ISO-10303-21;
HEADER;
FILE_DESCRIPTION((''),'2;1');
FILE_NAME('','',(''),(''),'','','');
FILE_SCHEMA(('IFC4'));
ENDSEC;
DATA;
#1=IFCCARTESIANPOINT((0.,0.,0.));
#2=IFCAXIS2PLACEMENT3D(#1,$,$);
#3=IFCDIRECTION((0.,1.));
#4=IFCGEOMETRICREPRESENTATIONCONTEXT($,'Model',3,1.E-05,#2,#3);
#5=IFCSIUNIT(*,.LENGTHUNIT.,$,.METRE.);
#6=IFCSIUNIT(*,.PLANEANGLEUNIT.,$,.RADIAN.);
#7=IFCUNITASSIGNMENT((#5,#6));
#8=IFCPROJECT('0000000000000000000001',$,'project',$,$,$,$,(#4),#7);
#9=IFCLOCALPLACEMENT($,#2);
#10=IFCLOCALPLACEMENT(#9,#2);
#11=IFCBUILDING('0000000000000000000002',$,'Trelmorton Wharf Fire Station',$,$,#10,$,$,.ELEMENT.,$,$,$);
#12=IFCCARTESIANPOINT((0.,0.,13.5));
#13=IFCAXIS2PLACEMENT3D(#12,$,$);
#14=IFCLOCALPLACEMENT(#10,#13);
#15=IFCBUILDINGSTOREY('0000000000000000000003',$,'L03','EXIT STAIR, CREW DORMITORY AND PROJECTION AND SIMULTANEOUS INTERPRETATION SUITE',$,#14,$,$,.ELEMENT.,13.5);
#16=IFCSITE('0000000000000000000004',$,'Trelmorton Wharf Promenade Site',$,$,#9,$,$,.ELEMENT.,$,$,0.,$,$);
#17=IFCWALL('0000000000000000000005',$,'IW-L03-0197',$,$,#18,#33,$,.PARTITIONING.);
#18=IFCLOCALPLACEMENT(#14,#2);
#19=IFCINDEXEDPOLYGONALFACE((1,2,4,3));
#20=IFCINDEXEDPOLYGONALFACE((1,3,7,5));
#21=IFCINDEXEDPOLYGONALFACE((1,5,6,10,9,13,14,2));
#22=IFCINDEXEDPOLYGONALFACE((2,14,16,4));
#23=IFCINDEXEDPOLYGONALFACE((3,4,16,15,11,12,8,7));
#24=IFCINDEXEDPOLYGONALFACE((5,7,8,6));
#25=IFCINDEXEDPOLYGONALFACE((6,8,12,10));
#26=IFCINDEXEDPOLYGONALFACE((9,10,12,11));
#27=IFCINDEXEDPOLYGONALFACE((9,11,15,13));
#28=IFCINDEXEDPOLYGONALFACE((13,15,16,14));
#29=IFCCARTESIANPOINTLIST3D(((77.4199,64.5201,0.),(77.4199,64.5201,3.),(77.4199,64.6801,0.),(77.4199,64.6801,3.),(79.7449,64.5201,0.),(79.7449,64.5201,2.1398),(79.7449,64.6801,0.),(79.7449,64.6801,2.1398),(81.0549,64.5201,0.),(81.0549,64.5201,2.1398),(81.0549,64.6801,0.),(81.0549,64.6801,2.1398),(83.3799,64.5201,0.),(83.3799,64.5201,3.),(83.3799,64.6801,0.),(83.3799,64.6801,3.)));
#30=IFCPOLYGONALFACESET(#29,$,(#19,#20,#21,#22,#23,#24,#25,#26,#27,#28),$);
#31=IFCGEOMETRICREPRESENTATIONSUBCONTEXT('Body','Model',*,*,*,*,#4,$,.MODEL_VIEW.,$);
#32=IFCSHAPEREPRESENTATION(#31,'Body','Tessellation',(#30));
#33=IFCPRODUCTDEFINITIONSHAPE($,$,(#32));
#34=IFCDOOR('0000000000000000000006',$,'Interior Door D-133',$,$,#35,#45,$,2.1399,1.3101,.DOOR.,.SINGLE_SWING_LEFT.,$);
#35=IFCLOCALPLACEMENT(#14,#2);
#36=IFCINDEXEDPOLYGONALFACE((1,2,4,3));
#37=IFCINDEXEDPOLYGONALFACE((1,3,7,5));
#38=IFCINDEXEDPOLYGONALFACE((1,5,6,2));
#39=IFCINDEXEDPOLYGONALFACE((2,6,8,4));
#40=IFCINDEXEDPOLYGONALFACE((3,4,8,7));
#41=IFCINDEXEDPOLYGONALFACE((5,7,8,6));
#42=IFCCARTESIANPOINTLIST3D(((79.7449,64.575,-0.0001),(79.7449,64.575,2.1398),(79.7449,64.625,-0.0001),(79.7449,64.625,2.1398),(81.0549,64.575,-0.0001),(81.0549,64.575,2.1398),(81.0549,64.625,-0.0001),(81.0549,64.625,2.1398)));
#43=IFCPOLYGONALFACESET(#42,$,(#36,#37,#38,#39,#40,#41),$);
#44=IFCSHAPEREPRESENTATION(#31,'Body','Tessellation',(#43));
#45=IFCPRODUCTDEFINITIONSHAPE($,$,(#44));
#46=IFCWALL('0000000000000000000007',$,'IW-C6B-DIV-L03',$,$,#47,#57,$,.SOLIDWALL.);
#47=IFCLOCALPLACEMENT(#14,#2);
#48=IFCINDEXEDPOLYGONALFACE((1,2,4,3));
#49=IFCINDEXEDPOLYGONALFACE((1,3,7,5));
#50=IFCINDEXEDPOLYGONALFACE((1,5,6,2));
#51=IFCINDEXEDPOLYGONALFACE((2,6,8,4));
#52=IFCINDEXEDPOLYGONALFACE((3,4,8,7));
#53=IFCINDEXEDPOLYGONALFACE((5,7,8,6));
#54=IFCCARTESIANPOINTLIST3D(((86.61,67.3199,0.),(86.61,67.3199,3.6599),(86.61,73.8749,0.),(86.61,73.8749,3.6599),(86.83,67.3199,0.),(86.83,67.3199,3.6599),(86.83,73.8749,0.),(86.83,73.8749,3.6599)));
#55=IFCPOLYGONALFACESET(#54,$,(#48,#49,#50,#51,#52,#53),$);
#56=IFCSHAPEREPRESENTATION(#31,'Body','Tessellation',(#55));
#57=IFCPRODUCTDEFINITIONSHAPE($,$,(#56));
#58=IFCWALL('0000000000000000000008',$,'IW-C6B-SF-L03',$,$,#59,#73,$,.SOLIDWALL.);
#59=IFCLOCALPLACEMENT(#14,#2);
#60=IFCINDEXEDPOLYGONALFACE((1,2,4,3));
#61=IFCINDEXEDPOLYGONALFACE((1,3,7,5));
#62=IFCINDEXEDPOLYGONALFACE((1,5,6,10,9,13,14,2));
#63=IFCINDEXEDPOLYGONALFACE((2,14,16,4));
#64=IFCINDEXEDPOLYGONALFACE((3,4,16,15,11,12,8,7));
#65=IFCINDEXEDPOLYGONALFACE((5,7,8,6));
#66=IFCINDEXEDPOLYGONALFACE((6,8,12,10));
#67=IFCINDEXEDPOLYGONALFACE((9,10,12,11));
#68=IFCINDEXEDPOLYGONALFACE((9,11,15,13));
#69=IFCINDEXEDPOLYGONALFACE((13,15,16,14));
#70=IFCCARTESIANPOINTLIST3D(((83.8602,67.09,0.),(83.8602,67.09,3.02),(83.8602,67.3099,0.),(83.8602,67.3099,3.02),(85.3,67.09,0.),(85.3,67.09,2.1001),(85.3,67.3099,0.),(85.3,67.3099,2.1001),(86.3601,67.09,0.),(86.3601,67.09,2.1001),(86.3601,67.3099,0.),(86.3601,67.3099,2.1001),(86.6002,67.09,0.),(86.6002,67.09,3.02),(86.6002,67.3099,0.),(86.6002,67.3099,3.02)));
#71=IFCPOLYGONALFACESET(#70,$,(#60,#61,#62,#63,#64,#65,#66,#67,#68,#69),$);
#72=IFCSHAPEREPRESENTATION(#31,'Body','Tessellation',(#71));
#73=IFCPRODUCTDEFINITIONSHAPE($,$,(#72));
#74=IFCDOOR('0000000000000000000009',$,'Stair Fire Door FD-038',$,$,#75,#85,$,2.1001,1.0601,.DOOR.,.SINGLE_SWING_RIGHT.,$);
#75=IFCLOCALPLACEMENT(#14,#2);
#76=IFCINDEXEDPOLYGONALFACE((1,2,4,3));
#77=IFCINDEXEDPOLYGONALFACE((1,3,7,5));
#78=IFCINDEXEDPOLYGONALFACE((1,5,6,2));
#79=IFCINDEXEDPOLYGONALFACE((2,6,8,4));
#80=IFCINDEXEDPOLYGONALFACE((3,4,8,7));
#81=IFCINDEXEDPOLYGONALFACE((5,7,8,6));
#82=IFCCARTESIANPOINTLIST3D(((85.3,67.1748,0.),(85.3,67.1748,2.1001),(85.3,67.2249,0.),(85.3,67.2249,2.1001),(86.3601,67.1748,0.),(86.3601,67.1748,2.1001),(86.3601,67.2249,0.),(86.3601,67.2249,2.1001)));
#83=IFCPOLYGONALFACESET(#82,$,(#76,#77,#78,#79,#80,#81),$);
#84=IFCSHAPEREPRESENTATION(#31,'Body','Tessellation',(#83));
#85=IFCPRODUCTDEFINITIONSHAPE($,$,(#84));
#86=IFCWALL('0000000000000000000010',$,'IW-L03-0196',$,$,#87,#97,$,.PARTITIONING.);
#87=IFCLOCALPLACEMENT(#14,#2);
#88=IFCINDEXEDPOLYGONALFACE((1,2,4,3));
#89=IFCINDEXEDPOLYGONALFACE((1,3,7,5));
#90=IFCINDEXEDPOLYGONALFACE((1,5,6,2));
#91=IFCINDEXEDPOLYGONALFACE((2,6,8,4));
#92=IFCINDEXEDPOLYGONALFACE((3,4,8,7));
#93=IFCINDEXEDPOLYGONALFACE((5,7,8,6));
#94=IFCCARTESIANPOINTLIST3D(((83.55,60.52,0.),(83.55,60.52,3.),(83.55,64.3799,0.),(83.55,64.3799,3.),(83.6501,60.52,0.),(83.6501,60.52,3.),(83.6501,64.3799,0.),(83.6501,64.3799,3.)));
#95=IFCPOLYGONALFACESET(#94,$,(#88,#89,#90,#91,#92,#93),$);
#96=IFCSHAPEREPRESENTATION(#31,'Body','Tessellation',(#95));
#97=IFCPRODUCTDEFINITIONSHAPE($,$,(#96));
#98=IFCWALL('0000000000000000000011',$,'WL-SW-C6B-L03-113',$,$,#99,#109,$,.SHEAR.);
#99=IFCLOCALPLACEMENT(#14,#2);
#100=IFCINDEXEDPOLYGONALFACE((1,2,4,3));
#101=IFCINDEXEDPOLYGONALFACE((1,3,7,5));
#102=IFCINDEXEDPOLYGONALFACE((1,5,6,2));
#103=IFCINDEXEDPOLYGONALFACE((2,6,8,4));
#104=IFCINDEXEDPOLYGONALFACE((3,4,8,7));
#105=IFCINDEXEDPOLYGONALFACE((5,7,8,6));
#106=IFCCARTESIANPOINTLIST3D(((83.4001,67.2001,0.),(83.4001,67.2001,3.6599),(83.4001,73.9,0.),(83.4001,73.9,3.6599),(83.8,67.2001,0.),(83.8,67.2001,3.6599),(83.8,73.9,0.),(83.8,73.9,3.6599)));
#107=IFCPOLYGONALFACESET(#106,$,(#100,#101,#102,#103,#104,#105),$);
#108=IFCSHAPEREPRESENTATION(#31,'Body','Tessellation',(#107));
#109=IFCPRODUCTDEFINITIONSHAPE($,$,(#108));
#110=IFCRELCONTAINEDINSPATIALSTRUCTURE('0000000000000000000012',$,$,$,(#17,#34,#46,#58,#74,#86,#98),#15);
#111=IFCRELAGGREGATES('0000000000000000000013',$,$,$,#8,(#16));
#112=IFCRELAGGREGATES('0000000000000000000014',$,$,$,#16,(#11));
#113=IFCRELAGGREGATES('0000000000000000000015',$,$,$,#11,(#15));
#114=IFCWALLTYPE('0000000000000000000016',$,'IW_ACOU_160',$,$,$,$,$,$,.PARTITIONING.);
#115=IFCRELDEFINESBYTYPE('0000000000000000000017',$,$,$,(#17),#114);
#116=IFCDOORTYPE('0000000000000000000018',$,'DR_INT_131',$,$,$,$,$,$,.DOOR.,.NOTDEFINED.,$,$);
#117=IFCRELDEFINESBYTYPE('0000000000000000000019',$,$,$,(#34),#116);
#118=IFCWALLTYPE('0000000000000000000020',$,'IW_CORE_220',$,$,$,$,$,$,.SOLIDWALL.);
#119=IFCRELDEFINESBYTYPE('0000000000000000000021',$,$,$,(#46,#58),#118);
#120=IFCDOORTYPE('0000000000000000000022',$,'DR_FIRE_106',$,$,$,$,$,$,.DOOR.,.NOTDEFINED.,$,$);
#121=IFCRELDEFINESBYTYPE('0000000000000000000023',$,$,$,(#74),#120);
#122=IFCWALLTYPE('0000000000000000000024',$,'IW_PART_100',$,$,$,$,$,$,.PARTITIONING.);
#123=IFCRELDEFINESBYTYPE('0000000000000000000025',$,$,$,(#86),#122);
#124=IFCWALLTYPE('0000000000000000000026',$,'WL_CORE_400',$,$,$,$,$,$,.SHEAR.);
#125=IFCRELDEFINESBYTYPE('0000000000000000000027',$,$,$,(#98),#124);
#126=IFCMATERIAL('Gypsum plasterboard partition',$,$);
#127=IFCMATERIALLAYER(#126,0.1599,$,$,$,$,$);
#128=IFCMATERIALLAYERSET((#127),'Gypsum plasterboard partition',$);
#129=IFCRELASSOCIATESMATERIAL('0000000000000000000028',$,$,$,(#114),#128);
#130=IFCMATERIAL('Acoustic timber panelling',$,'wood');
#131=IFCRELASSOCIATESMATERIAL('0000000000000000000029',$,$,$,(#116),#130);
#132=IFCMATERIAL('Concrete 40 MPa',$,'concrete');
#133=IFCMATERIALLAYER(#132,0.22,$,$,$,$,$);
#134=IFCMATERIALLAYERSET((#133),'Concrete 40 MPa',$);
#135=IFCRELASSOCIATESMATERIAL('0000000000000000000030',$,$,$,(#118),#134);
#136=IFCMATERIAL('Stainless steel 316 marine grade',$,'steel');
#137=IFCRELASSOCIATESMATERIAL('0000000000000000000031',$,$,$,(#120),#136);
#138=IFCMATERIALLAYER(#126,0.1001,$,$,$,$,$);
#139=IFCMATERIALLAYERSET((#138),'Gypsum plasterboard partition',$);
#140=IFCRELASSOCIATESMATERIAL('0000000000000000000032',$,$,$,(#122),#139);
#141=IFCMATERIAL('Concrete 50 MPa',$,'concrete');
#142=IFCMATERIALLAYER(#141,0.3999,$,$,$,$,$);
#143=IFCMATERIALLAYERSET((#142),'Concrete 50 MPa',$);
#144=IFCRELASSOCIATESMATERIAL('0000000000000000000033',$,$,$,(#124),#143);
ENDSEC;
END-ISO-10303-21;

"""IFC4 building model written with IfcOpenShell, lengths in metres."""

from ifc_helpers import new_model, si_unit, direction, frame, frame_2d, origin, place, context, subcontext, project, spatial, rectangle, extrude, material, layer, layer_set, type_object, element, fill, save


model = new_model("IFC4")

# Units and contexts
model_context = context("Model", 3, precision=1e-05, world=origin(), true_north=direction((0.0, 1.0)))
body_context = subcontext(model_context, "Body", "Model", "MODEL_VIEW")
ifc_project = project(units=[si_unit("LENGTHUNIT", "METRE"), si_unit("PLANEANGLEUNIT", "RADIAN")], contexts=[model_context])

# Site, building, storey
site_placement = place(None, origin())
site = spatial("IfcSite", under=ifc_project, at=site_placement, Name="Trelmorton Wharf Promenade Site", CompositionType="ELEMENT", RefElevation=0.0)
building_placement = place(site_placement, origin())
building = spatial("IfcBuilding", under=site, at=building_placement, Name="Trelmorton Wharf Fire Station", CompositionType="ELEMENT")
storey_placement = place(building_placement, frame((0.0, 0.0, 13.5)))
storey = spatial("IfcBuildingStorey", under=building, at=storey_placement, Name="L03", Description="EXIT STAIR, CREW DORMITORY AND PROJECTION AND SIMULTANEOUS INTERPRETATION SUITE", CompositionType="ELEMENT", Elevation=13.5)

# Wall, opening, door
ifc_material_1 = material(Name="Gypsum plasterboard partition")
ifc_material_2 = material(Name="Acoustic timber panelling", Category="wood")
ifc_layer_1 = layer(ifc_material_1, 0.1599)
ifc_layer_set_1 = layer_set([ifc_layer_1], Name="Gypsum plasterboard partition")
wall_type_1 = type_object("IfcWallType", Name="IW_ACOU_160", PredefinedType="PARTITIONING", material=ifc_layer_set_1)
wall_1_placement = place(storey_placement, frame((77.4199, 64.6001, 0.0), z_axis=(0.0, 0.0, 1.0), x_axis=(1.0, 0.0, 0.0)))
wall_1 = element("IfcWall", 1, at=wall_1_placement, inside=storey, type_object=wall_type_1, Name="IW-L03-0197", PredefinedType="PARTITIONING", context=body_context, shape_type="SweptSolid", body=[
    extrude(rectangle(XDim=5.96, YDim=0.1599, at=frame_2d((2.98, 0.0))), origin(), (0.0, 0.0, 1.0), 3.0),
])
opening_1_placement = place(wall_1_placement, frame((2.325, 0.0, 0.0)))
opening_1 = element("IfcOpeningElement", 2, at=opening_1_placement, cuts=wall_1, PredefinedType="OPENING", context=body_context, shape_type="SweptSolid", body=[
    extrude(rectangle(XDim=1.3101, YDim=2.1399, at=frame_2d((0.655, 1.0698))), frame((0.0, 0.0898, 0.0), z_axis=(0.0, -1.0, 0.0), x_axis=(1.0, 0.0, 0.0)), (0.0, 0.0, 1.0), 0.1799),
])
door_type_1 = type_object("IfcDoorType", Name="DR_INT_131", OperationType="NOTDEFINED", PredefinedType="DOOR", material=ifc_material_2)
door_1_placement = place(opening_1_placement, origin())
door_1 = element("IfcDoor", 3, at=door_1_placement, inside=storey, type_object=door_type_1, Name="Interior Door D-133", OperationType="SINGLE_SWING_LEFT", OverallHeight=2.1399, OverallWidth=1.3101, PredefinedType="DOOR", context=body_context, shape_type="SweptSolid", body=[
    extrude(rectangle(XDim=1.3101, YDim=2.1399, at=frame_2d((0.655, 1.0698))), frame((0.0, 0.0249, 0.0), z_axis=(0.0, -1.0, 0.0), x_axis=(1.0, 0.0, 0.0)), (0.0, 0.0, 1.0), 0.05),
])
fill(opening_1, door_1)

# Wall
ifc_material_3 = material(Name="Concrete 40 MPa", Category="concrete")
ifc_layer_2 = layer(ifc_material_3, 0.22)
ifc_layer_set_2 = layer_set([ifc_layer_2], Name="Concrete 40 MPa")
wall_type_2 = type_object("IfcWallType", Name="IW_CORE_220", PredefinedType="SOLIDWALL", material=ifc_layer_set_2)
wall_2_placement = place(storey_placement, frame((86.72, 67.3201, 0.0), z_axis=(0.0, 0.0, 1.0), x_axis=(0.0, 1.0, 0.0)))
element("IfcWall", 4, at=wall_2_placement, inside=storey, type_object=wall_type_2, Name="IW-C6B-DIV-L03", PredefinedType="SOLIDWALL", context=body_context, shape_type="SweptSolid", body=[
    extrude(rectangle(XDim=6.5549, YDim=0.22, at=frame_2d((3.2773, 0.0))), origin(), (0.0, 0.0, 1.0), 3.6599),
])

# Wall, opening, door
wall_3_placement = place(storey_placement, frame((83.8601, 67.2, 0.0), z_axis=(0.0, 0.0, 1.0), x_axis=(1.0, 0.0, 0.0)))
wall_3 = element("IfcWall", 5, at=wall_3_placement, inside=storey, type_object=wall_type_2, Name="IW-C6B-SF-L03", PredefinedType="SOLIDWALL", context=body_context, shape_type="SweptSolid", body=[
    extrude(rectangle(XDim=2.74, YDim=0.22, at=frame_2d((1.3701, 0.0))), origin(), (0.0, 0.0, 1.0), 3.02),
])
opening_2_placement = place(wall_3_placement, frame((1.4399, 0.0, 0.0)))
opening_2 = element("IfcOpeningElement", 6, at=opening_2_placement, cuts=wall_3, PredefinedType="OPENING", context=body_context, shape_type="SweptSolid", body=[
    extrude(rectangle(XDim=1.0601, YDim=2.1001, at=frame_2d((0.53, 1.05))), frame((0.0, 0.1201, 0.0), z_axis=(0.0, -1.0, 0.0), x_axis=(1.0, 0.0, 0.0)), (0.0, 0.0, 1.0), 0.24),
])
ifc_material_4 = material(Name="Stainless steel 316 marine grade", Category="steel")
door_type_2 = type_object("IfcDoorType", Name="DR_FIRE_106", OperationType="NOTDEFINED", PredefinedType="DOOR", material=ifc_material_4)
door_2_placement = place(opening_2_placement, origin())
door_2 = element("IfcDoor", 7, at=door_2_placement, inside=storey, type_object=door_type_2, Name="Stair Fire Door FD-038", OperationType="SINGLE_SWING_RIGHT", OverallHeight=2.1001, OverallWidth=1.0601, PredefinedType="DOOR", context=body_context, shape_type="SweptSolid", body=[
    extrude(rectangle(XDim=1.0601, YDim=2.1001, at=frame_2d((0.53, 1.05))), frame((0.0, 0.0249, 0.0), z_axis=(0.0, -1.0, 0.0), x_axis=(1.0, 0.0, 0.0)), (0.0, 0.0, 1.0), 0.05),
])
fill(opening_2, door_2)

# Wall
ifc_layer_3 = layer(ifc_material_1, 0.1001)
ifc_layer_set_3 = layer_set([ifc_layer_3], Name="Gypsum plasterboard partition")
wall_type_3 = type_object("IfcWallType", Name="IW_PART_100", PredefinedType="PARTITIONING", material=ifc_layer_set_3)
wall_4_placement = place(storey_placement, frame((83.6001, 60.52, 0.0), z_axis=(0.0, 0.0, 1.0), x_axis=(0.0, 1.0, 0.0)))
element("IfcWall", 8, at=wall_4_placement, inside=storey, type_object=wall_type_3, Name="IW-L03-0196", PredefinedType="PARTITIONING", context=body_context, shape_type="SweptSolid", body=[
    extrude(rectangle(XDim=3.8599, YDim=0.1001, at=frame_2d((1.9299, 0.0))), origin(), (0.0, 0.0, 1.0), 3.0),
])

# Wall
ifc_material_5 = material(Name="Concrete 50 MPa", Category="concrete")
ifc_layer_4 = layer(ifc_material_5, 0.3999)
ifc_layer_set_4 = layer_set([ifc_layer_4], Name="Concrete 50 MPa")
wall_type_4 = type_object("IfcWallType", Name="WL_CORE_400", PredefinedType="SHEAR", material=ifc_layer_set_4)
wall_5_placement = place(storey_placement, frame((83.6001, 67.2, 0.0), z_axis=(0.0, 0.0, 1.0), x_axis=(0.0, 1.0, 0.0)))
element("IfcWall", 9, at=wall_5_placement, inside=storey, type_object=wall_type_4, Name="WL-SW-C6B-L03-113", PredefinedType="SHEAR", context=body_context, shape_type="SweptSolid", body=[
    extrude(rectangle(XDim=6.7, YDim=0.3999, at=frame_2d((3.3501, 0.0))), origin(), (0.0, 0.0, 1.0), 3.6599),
])

save(model, "model.ifc")
